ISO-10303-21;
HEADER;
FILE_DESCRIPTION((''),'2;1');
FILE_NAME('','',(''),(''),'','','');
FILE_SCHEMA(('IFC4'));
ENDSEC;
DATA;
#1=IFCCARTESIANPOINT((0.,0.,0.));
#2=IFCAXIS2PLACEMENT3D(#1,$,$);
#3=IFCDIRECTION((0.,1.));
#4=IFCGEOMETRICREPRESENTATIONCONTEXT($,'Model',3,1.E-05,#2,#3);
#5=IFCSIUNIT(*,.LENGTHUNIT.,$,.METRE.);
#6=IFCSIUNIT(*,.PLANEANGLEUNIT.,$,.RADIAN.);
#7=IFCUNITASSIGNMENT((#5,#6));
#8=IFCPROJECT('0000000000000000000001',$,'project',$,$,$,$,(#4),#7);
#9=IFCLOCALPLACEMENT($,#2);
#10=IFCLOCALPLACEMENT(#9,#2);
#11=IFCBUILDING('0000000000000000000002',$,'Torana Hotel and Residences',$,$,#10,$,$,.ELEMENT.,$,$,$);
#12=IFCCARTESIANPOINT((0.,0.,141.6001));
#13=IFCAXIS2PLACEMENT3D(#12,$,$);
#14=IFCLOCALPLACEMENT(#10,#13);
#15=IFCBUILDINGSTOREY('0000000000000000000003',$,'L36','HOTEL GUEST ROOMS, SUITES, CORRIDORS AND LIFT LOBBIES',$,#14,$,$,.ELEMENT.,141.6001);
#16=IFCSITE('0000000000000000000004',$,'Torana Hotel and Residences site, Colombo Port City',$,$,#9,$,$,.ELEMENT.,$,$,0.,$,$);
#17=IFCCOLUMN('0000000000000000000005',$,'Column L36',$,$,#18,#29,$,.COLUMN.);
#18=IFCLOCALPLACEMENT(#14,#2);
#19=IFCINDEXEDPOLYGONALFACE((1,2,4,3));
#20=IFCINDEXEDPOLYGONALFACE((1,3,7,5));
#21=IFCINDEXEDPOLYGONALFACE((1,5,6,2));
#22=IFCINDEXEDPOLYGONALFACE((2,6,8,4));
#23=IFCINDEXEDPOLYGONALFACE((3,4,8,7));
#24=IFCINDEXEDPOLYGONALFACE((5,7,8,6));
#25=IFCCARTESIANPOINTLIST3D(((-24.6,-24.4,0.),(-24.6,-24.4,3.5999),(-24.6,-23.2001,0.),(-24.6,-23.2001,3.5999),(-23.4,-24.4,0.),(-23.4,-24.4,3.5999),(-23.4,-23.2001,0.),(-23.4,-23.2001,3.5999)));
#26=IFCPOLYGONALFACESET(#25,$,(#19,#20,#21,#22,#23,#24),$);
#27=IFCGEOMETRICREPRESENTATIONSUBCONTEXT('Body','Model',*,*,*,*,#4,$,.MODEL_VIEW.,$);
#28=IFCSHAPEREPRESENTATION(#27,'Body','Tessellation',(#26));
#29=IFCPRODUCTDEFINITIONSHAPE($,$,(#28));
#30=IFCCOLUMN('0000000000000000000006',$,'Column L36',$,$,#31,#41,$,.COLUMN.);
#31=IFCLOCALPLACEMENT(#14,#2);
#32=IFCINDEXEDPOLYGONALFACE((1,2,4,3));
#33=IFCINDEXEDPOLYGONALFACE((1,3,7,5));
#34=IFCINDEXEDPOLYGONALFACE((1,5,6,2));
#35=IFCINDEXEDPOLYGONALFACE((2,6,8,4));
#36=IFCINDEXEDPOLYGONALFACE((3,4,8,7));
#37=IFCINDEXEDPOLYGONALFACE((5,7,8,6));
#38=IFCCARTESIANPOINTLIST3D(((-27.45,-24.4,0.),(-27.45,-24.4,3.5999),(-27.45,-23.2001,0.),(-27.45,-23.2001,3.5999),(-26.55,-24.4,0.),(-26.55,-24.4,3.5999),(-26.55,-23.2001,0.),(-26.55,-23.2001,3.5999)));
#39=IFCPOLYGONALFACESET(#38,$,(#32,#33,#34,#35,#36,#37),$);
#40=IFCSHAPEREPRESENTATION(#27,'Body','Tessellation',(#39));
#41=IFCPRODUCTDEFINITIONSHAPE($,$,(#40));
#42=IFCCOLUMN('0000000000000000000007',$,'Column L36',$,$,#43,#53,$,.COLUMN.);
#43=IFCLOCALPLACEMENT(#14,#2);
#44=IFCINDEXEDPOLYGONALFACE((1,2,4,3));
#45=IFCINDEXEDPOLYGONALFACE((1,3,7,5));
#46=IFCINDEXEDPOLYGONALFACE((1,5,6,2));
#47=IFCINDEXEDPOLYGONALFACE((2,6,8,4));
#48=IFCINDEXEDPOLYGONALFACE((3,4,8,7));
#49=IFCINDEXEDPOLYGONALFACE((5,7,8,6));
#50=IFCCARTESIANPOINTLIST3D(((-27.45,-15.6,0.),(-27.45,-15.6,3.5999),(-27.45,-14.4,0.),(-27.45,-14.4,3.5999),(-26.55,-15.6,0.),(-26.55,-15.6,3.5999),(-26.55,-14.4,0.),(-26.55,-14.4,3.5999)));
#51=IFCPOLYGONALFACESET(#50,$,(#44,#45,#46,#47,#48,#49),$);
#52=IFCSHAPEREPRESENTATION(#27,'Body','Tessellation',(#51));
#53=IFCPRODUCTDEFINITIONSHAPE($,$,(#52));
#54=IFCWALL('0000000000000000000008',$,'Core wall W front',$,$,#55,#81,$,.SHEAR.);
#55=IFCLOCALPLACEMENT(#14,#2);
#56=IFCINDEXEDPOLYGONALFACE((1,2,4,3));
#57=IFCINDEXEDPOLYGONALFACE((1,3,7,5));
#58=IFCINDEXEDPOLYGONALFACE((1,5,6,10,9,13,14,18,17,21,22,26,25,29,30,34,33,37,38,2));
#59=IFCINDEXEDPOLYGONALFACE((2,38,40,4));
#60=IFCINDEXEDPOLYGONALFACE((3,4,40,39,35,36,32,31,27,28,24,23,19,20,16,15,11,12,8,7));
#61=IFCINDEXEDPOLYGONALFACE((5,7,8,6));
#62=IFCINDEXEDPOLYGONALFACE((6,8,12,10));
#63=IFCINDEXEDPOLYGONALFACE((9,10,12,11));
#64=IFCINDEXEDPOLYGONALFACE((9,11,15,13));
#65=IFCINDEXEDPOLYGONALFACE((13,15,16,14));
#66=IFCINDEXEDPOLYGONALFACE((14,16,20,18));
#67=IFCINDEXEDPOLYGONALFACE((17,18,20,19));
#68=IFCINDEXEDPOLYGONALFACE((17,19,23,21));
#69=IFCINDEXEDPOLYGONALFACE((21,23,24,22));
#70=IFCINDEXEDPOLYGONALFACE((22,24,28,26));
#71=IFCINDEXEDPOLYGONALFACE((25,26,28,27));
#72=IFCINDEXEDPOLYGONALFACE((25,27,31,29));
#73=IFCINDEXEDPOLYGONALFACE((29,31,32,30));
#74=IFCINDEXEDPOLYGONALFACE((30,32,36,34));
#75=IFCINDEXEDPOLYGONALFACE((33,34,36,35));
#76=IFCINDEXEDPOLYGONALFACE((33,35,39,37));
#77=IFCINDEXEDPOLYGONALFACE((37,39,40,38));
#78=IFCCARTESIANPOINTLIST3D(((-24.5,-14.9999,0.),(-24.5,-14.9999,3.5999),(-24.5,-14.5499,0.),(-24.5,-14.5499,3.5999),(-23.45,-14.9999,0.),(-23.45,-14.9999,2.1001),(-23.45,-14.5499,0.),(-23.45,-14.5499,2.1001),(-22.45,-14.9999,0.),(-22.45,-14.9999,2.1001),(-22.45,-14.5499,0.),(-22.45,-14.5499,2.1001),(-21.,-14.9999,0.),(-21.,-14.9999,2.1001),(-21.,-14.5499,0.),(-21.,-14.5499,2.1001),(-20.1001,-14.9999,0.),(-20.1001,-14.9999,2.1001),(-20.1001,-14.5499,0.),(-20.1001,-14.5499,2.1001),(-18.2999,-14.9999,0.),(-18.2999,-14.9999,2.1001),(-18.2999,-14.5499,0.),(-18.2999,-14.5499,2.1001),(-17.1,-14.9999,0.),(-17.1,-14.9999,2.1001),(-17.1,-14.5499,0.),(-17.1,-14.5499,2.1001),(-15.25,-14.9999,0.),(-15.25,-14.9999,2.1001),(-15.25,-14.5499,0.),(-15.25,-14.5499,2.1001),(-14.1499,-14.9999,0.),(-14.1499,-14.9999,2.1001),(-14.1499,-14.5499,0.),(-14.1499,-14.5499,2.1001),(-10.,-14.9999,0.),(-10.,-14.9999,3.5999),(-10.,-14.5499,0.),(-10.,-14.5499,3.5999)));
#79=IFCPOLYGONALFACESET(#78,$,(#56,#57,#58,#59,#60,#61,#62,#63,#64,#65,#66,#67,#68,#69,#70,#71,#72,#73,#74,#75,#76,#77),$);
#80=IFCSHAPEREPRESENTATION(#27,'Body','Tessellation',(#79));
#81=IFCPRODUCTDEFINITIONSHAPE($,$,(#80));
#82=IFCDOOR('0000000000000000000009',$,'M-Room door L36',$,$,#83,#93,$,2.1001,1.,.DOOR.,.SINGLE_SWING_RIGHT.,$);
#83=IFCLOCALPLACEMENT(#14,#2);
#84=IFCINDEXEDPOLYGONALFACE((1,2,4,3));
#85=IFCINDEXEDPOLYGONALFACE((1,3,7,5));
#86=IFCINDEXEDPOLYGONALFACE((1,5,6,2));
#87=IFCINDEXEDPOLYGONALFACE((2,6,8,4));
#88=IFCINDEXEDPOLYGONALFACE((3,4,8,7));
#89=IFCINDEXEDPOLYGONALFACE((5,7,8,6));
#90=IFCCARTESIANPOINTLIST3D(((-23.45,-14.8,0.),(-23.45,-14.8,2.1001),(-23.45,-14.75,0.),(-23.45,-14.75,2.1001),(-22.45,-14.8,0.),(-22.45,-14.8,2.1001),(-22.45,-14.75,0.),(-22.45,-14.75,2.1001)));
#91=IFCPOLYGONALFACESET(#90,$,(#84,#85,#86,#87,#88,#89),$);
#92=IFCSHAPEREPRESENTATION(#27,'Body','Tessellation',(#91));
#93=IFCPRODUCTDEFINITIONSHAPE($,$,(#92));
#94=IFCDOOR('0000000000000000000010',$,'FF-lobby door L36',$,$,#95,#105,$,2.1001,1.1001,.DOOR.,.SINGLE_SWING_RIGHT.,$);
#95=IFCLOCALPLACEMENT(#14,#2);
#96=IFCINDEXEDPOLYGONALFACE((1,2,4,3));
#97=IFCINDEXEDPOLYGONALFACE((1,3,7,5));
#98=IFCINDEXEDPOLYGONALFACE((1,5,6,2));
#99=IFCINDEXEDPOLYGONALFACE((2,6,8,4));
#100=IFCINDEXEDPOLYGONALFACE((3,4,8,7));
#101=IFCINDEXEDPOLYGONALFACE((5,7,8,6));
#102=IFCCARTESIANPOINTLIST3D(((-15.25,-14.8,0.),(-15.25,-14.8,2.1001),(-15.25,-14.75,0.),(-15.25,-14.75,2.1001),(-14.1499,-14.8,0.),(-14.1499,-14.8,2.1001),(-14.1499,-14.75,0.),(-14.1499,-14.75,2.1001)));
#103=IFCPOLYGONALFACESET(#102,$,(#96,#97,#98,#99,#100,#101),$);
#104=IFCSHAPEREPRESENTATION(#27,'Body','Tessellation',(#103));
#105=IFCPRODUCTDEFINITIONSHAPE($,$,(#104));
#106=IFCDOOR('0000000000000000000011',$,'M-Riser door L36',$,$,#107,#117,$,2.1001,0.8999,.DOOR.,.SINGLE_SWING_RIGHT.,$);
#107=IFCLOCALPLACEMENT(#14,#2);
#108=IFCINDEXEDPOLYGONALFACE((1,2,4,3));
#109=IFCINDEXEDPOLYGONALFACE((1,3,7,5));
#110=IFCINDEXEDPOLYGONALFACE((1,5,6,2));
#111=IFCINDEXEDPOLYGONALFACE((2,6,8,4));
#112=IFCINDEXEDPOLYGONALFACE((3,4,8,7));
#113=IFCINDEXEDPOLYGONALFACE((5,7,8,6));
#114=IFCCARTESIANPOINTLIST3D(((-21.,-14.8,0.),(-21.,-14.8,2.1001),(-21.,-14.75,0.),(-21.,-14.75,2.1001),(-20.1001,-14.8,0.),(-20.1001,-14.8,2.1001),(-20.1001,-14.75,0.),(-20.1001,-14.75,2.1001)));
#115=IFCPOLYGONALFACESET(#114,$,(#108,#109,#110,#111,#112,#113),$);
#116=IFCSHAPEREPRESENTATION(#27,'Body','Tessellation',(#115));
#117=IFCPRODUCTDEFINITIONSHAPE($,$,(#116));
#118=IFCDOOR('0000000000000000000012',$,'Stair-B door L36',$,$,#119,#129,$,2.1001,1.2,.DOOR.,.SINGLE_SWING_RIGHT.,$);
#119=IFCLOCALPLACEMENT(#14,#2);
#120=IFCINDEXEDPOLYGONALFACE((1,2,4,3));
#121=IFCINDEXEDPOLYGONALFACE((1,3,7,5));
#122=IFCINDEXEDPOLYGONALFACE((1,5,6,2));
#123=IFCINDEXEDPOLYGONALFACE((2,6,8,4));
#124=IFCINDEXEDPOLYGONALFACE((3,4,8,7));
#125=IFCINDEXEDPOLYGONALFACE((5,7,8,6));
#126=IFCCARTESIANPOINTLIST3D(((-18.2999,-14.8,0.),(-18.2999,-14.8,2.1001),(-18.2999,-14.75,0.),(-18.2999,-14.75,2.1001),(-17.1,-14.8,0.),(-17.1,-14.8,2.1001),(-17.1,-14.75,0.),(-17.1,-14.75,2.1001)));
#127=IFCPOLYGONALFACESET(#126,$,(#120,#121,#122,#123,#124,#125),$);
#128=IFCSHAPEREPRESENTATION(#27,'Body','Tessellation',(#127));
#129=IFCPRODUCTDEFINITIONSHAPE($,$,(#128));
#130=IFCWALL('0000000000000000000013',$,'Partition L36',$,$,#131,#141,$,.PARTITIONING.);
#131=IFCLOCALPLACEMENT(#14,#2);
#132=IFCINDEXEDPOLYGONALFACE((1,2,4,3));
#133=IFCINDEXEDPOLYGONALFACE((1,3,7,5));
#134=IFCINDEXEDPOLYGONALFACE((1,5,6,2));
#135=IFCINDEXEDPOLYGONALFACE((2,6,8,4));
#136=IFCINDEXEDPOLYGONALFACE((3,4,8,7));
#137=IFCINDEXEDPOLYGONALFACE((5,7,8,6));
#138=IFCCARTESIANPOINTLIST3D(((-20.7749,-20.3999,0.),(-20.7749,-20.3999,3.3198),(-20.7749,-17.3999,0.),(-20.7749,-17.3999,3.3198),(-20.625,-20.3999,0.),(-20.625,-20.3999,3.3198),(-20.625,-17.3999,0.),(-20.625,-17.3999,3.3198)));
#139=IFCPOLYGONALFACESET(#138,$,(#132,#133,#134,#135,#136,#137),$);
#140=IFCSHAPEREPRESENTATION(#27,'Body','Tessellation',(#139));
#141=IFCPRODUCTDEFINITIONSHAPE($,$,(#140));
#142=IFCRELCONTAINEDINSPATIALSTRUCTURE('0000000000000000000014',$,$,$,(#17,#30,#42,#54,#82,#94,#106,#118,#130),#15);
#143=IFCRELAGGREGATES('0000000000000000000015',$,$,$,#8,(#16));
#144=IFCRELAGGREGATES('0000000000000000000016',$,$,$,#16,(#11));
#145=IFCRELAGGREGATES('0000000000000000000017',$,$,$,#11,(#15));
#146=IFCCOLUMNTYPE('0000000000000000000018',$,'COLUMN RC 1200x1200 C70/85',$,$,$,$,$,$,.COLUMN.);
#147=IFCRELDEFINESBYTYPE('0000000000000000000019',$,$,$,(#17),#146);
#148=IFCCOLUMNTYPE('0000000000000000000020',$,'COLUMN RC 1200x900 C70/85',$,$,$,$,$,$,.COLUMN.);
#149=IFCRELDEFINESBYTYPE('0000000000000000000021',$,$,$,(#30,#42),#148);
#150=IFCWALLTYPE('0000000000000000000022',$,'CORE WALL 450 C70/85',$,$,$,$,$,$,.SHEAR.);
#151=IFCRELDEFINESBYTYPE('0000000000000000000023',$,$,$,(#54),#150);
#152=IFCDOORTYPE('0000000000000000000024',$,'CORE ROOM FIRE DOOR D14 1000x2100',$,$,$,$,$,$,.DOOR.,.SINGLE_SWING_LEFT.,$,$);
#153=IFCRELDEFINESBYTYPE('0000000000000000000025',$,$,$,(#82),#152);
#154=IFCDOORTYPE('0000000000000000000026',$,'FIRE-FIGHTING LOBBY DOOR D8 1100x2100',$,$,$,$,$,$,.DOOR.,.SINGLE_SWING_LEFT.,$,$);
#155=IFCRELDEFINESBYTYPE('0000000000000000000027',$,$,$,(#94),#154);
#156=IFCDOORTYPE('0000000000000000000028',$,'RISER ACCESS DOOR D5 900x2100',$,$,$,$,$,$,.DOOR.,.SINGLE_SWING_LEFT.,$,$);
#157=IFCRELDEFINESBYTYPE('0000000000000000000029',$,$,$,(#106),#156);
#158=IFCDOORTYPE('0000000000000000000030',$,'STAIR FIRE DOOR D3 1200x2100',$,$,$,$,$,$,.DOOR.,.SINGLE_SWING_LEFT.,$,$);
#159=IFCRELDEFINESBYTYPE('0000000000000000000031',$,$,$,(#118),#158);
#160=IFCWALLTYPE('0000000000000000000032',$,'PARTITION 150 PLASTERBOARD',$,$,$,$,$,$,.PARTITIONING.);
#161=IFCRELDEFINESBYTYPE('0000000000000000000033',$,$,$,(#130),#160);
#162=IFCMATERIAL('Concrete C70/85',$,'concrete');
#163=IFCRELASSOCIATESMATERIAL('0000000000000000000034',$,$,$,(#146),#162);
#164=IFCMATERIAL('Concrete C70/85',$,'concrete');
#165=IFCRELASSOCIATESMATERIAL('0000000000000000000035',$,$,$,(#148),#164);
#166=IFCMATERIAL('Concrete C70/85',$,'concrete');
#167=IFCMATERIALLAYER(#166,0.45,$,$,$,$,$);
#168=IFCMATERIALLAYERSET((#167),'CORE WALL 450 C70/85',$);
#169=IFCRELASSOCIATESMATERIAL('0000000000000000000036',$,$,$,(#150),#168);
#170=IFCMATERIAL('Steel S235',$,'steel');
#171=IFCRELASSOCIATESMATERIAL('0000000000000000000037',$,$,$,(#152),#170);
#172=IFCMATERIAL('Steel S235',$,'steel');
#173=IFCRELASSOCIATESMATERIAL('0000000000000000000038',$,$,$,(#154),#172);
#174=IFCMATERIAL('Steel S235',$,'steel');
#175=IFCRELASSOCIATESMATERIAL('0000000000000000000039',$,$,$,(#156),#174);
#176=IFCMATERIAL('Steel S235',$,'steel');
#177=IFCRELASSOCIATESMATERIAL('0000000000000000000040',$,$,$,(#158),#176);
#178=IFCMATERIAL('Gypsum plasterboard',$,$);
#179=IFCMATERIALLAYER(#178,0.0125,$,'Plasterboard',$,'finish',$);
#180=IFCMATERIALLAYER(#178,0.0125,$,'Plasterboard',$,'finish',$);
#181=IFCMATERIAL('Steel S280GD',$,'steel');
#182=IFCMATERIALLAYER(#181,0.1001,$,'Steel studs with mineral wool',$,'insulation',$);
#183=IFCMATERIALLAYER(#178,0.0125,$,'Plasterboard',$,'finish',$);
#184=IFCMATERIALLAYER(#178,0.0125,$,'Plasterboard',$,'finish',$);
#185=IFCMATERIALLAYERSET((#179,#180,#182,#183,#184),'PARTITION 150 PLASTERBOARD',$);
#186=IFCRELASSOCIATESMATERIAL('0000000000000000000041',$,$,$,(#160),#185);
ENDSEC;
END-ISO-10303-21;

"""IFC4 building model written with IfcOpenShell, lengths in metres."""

from ifc_helpers import new_model, si_unit, direction, frame, frame_2d, origin, origin_2d, place, context, subcontext, project, spatial, rectangle, extrude, material, layer, layer_set, material_profile, profile_set, type_object, element, fill, save


model = new_model("IFC4")

# Units and contexts
model_context = context("Model", 3, precision=1e-05, world=origin(), true_north=direction((0.0, 1.0)))
body_context = subcontext(model_context, "Body", "Model", "MODEL_VIEW")
ifc_project = project(units=[si_unit("LENGTHUNIT", "METRE"), si_unit("PLANEANGLEUNIT", "RADIAN")], contexts=[model_context])

# Site, building, storey
site_placement = place(None, origin())
site = spatial("IfcSite", under=ifc_project, at=site_placement, Name="Torana Hotel and Residences site, Colombo Port City", CompositionType="ELEMENT", RefElevation=0.0)
building_placement = place(site_placement, origin())
building = spatial("IfcBuilding", under=site, at=building_placement, Name="Torana Hotel and Residences", CompositionType="ELEMENT")
storey_placement = place(building_placement, frame((0.0, 0.0, 141.6001)))
storey = spatial("IfcBuildingStorey", under=building, at=storey_placement, Name="L36", Description="HOTEL GUEST ROOMS, SUITES, CORRIDORS AND LIFT LOBBIES", CompositionType="ELEMENT", Elevation=141.6001)

# Columns
ifc_material_1 = material(Name="Concrete C70/85", Category="concrete")
ifc_material_profile_1 = material_profile(ifc_material_1, rectangle(XDim=1.2, YDim=1.2, at=origin_2d()), Name="RC 1200x1200")
ifc_profile_set_1 = profile_set([ifc_material_profile_1], Name="Concrete C70/85")
column_type_1 = type_object("IfcColumnType", Name="COLUMN RC 1200x1200 C70/85", PredefinedType="COLUMN", material=ifc_profile_set_1)
column_placement = place(storey_placement, frame((-24.0, -23.8, 0.0), z_axis=(0.0, 0.0, 1.0), x_axis=(1.0, 0.0, 0.0)))
element("IfcColumn", 1, at=column_placement, inside=storey, type_object=column_type_1, Name="Column L36", PredefinedType="COLUMN", context=body_context, shape_type="SweptSolid", body=[
    extrude(rectangle(XDim=1.2, YDim=1.2, at=origin_2d()), origin(), (0.0, 0.0, 1.0), 3.5999),
])
ifc_material_2 = material(Name="Concrete C70/85", Category="concrete")
ifc_material_profile_2 = material_profile(ifc_material_2, rectangle(XDim=1.2, YDim=0.8999, at=origin_2d()), Name="RC 1200x900")
ifc_profile_set_2 = profile_set([ifc_material_profile_2], Name="Concrete C70/85")
column_type_2 = type_object("IfcColumnType", Name="COLUMN RC 1200x900 C70/85", PredefinedType="COLUMN", material=ifc_profile_set_2)
for number, where, z_axis, x_axis, name in (
    (2, (-27.0, -23.8, 0.0), (0.0, 0.0, 1.0), (0.0, 1.0, 0.0), "Column L36"),
    (3, (-27.0, -15.0, 0.0), (0.0, 0.0, 1.0), (0.0, 1.0, 0.0), "Column L36"),
):
    element("IfcColumn", number, at=place(storey_placement, frame(where, z_axis=z_axis, x_axis=x_axis)), inside=storey, type_object=column_type_2, Name=name, PredefinedType="COLUMN", context=body_context, shape_type="SweptSolid", body=[
        extrude(rectangle(XDim=1.2, YDim=0.8999, at=origin_2d()), origin(), (0.0, 0.0, 1.0), 3.5999),
    ])

# Wall, openings, doors
ifc_material_3 = material(Name="Concrete C70/85", Category="concrete")
ifc_layer_1 = layer(ifc_material_3, 0.45)
ifc_layer_set_1 = layer_set([ifc_layer_1], Name="CORE WALL 450 C70/85")
wall_type_1 = type_object("IfcWallType", Name="CORE WALL 450 C70/85", PredefinedType="SHEAR", material=ifc_layer_set_1)
wall_1_placement = place(storey_placement, frame((-24.5, -14.7749, 0.0), z_axis=(0.0, 0.0, 1.0), x_axis=(1.0, 0.0, 0.0)))
wall_1 = element("IfcWall", 4, at=wall_1_placement, inside=storey, type_object=wall_type_1, Name="Core wall W front", PredefinedType="SHEAR", context=body_context, shape_type="SweptSolid", body=[
    extrude(rectangle(XDim=14.5, YDim=0.45, at=frame_2d((7.25, 0.0))), origin(), (0.0, 0.0, 1.0), 3.5999),
])
opening_1_placement = place(wall_1_placement, frame((6.2, 0.0, 0.0)))
opening_1 = element("IfcOpeningElement", 5, at=opening_1_placement, cuts=wall_1, PredefinedType="OPENING", context=body_context, shape_type="SweptSolid", body=[
    extrude(rectangle(XDim=1.2, YDim=2.1001, at=frame_2d((0.6001, 1.05))), frame((0.0, 0.2349, 0.0), z_axis=(0.0, -1.0, 0.0), x_axis=(1.0, 0.0, 0.0)), (0.0, 0.0, 1.0), 0.47),
])
opening_2_placement = place(wall_1_placement, frame((9.25, 0.0, 0.0)))
opening_2 = element("IfcOpeningElement", 6, at=opening_2_placement, cuts=wall_1, PredefinedType="OPENING", context=body_context, shape_type="SweptSolid", body=[
    extrude(rectangle(XDim=1.1001, YDim=2.1001, at=frame_2d((0.55, 1.05))), frame((0.0, 0.2349, 0.0), z_axis=(0.0, -1.0, 0.0), x_axis=(1.0, 0.0, 0.0)), (0.0, 0.0, 1.0), 0.47),
])
opening_3_placement = place(wall_1_placement, frame((3.5, 0.0, 0.0)))
opening_3 = element("IfcOpeningElement", 7, at=opening_3_placement, cuts=wall_1, PredefinedType="OPENING", context=body_context, shape_type="SweptSolid", body=[
    extrude(rectangle(XDim=0.8999, YDim=2.1001, at=frame_2d((0.45, 1.05))), frame((0.0, 0.2349, 0.0), z_axis=(0.0, -1.0, 0.0), x_axis=(1.0, 0.0, 0.0)), (0.0, 0.0, 1.0), 0.47),
])
opening_4_placement = place(wall_1_placement, frame((1.05, 0.0, 0.0)))
opening_4 = element("IfcOpeningElement", 8, at=opening_4_placement, cuts=wall_1, PredefinedType="OPENING", context=body_context, shape_type="SweptSolid", body=[
    extrude(rectangle(XDim=1.0, YDim=2.1001, at=frame_2d((0.5, 1.05))), frame((0.0, 0.2349, 0.0), z_axis=(0.0, -1.0, 0.0), x_axis=(1.0, 0.0, 0.0)), (0.0, 0.0, 1.0), 0.47),
])
ifc_material_4 = material(Name="Steel S235", Category="steel")
door_type_1 = type_object("IfcDoorType", Name="CORE ROOM FIRE DOOR D14 1000x2100", OperationType="SINGLE_SWING_LEFT", PredefinedType="DOOR", material=ifc_material_4)
door_1_placement = place(opening_4_placement, origin())
door_1 = element("IfcDoor", 9, at=door_1_placement, inside=storey, type_object=door_type_1, Name="M-Room door L36", OperationType="SINGLE_SWING_RIGHT", OverallHeight=2.1001, OverallWidth=1.0, PredefinedType="DOOR", context=body_context, shape_type="SweptSolid", body=[
    extrude(rectangle(XDim=1.0, YDim=2.1001, at=frame_2d((0.5, 1.05))), frame((0.0, 0.0249, 0.0), z_axis=(0.0, -1.0, 0.0), x_axis=(1.0, 0.0, 0.0)), (0.0, 0.0, 1.0), 0.05),
])
fill(opening_4, door_1)
ifc_material_5 = material(Name="Steel S235", Category="steel")
door_type_2 = type_object("IfcDoorType", Name="FIRE-FIGHTING LOBBY DOOR D8 1100x2100", OperationType="SINGLE_SWING_LEFT", PredefinedType="DOOR", material=ifc_material_5)
door_2_placement = place(opening_2_placement, origin())
door_2 = element("IfcDoor", 10, at=door_2_placement, inside=storey, type_object=door_type_2, Name="FF-lobby door L36", OperationType="SINGLE_SWING_RIGHT", OverallHeight=2.1001, OverallWidth=1.1001, PredefinedType="DOOR", context=body_context, shape_type="SweptSolid", body=[
    extrude(rectangle(XDim=1.1001, YDim=2.1001, at=frame_2d((0.55, 1.05))), frame((0.0, 0.0249, 0.0), z_axis=(0.0, -1.0, 0.0), x_axis=(1.0, 0.0, 0.0)), (0.0, 0.0, 1.0), 0.05),
])
fill(opening_2, door_2)
ifc_material_6 = material(Name="Steel S235", Category="steel")
door_type_3 = type_object("IfcDoorType", Name="RISER ACCESS DOOR D5 900x2100", OperationType="SINGLE_SWING_LEFT", PredefinedType="DOOR", material=ifc_material_6)
door_3_placement = place(opening_3_placement, origin())
door_3 = element("IfcDoor", 11, at=door_3_placement, inside=storey, type_object=door_type_3, Name="M-Riser door L36", OperationType="SINGLE_SWING_RIGHT", OverallHeight=2.1001, OverallWidth=0.8999, PredefinedType="DOOR", context=body_context, shape_type="SweptSolid", body=[
    extrude(rectangle(XDim=0.8999, YDim=2.1001, at=frame_2d((0.45, 1.05))), frame((0.0, 0.0249, 0.0), z_axis=(0.0, -1.0, 0.0), x_axis=(1.0, 0.0, 0.0)), (0.0, 0.0, 1.0), 0.05),
])
fill(opening_3, door_3)
ifc_material_7 = material(Name="Steel S235", Category="steel")
door_type_4 = type_object("IfcDoorType", Name="STAIR FIRE DOOR D3 1200x2100", OperationType="SINGLE_SWING_LEFT", PredefinedType="DOOR", material=ifc_material_7)
door_4_placement = place(opening_1_placement, origin())
door_4 = element("IfcDoor", 12, at=door_4_placement, inside=storey, type_object=door_type_4, Name="Stair-B door L36", OperationType="SINGLE_SWING_RIGHT", OverallHeight=2.1001, OverallWidth=1.2, PredefinedType="DOOR", context=body_context, shape_type="SweptSolid", body=[
    extrude(rectangle(XDim=1.2, YDim=2.1001, at=frame_2d((0.6001, 1.05))), frame((0.0, 0.0249, 0.0), z_axis=(0.0, -1.0, 0.0), x_axis=(1.0, 0.0, 0.0)), (0.0, 0.0, 1.0), 0.05),
])
fill(opening_1, door_4)

# Wall
ifc_material_8 = material(Name="Gypsum plasterboard")
ifc_layer_2 = layer(ifc_material_8, 0.0125, Name="Plasterboard", Category="finish")
ifc_layer_3 = layer(ifc_material_8, 0.0125, Name="Plasterboard", Category="finish")
ifc_material_9 = material(Name="Steel S280GD", Category="steel")
ifc_layer_4 = layer(ifc_material_9, 0.1001, Name="Steel studs with mineral wool", Category="insulation")
ifc_layer_5 = layer(ifc_material_8, 0.0125, Name="Plasterboard", Category="finish")
ifc_layer_6 = layer(ifc_material_8, 0.0125, Name="Plasterboard", Category="finish")
ifc_layer_set_2 = layer_set([ifc_layer_2, ifc_layer_3, ifc_layer_4, ifc_layer_5, ifc_layer_6], Name="PARTITION 150 PLASTERBOARD")
wall_type_2 = type_object("IfcWallType", Name="PARTITION 150 PLASTERBOARD", PredefinedType="PARTITIONING", material=ifc_layer_set_2)
wall_2_placement = place(storey_placement, frame((-20.7, -20.3999, 0.0), z_axis=(0.0, 0.0, 1.0), x_axis=(0.0, 1.0, 0.0)))
element("IfcWall", 13, at=wall_2_placement, inside=storey, type_object=wall_type_2, Name="Partition L36", PredefinedType="PARTITIONING", context=body_context, shape_type="SweptSolid", body=[
    extrude(rectangle(XDim=3.0, YDim=0.1499, at=frame_2d((1.5, 0.0))), origin(), (0.0, 0.0, 1.0), 3.3198),
])

save(model, "model.ifc")
